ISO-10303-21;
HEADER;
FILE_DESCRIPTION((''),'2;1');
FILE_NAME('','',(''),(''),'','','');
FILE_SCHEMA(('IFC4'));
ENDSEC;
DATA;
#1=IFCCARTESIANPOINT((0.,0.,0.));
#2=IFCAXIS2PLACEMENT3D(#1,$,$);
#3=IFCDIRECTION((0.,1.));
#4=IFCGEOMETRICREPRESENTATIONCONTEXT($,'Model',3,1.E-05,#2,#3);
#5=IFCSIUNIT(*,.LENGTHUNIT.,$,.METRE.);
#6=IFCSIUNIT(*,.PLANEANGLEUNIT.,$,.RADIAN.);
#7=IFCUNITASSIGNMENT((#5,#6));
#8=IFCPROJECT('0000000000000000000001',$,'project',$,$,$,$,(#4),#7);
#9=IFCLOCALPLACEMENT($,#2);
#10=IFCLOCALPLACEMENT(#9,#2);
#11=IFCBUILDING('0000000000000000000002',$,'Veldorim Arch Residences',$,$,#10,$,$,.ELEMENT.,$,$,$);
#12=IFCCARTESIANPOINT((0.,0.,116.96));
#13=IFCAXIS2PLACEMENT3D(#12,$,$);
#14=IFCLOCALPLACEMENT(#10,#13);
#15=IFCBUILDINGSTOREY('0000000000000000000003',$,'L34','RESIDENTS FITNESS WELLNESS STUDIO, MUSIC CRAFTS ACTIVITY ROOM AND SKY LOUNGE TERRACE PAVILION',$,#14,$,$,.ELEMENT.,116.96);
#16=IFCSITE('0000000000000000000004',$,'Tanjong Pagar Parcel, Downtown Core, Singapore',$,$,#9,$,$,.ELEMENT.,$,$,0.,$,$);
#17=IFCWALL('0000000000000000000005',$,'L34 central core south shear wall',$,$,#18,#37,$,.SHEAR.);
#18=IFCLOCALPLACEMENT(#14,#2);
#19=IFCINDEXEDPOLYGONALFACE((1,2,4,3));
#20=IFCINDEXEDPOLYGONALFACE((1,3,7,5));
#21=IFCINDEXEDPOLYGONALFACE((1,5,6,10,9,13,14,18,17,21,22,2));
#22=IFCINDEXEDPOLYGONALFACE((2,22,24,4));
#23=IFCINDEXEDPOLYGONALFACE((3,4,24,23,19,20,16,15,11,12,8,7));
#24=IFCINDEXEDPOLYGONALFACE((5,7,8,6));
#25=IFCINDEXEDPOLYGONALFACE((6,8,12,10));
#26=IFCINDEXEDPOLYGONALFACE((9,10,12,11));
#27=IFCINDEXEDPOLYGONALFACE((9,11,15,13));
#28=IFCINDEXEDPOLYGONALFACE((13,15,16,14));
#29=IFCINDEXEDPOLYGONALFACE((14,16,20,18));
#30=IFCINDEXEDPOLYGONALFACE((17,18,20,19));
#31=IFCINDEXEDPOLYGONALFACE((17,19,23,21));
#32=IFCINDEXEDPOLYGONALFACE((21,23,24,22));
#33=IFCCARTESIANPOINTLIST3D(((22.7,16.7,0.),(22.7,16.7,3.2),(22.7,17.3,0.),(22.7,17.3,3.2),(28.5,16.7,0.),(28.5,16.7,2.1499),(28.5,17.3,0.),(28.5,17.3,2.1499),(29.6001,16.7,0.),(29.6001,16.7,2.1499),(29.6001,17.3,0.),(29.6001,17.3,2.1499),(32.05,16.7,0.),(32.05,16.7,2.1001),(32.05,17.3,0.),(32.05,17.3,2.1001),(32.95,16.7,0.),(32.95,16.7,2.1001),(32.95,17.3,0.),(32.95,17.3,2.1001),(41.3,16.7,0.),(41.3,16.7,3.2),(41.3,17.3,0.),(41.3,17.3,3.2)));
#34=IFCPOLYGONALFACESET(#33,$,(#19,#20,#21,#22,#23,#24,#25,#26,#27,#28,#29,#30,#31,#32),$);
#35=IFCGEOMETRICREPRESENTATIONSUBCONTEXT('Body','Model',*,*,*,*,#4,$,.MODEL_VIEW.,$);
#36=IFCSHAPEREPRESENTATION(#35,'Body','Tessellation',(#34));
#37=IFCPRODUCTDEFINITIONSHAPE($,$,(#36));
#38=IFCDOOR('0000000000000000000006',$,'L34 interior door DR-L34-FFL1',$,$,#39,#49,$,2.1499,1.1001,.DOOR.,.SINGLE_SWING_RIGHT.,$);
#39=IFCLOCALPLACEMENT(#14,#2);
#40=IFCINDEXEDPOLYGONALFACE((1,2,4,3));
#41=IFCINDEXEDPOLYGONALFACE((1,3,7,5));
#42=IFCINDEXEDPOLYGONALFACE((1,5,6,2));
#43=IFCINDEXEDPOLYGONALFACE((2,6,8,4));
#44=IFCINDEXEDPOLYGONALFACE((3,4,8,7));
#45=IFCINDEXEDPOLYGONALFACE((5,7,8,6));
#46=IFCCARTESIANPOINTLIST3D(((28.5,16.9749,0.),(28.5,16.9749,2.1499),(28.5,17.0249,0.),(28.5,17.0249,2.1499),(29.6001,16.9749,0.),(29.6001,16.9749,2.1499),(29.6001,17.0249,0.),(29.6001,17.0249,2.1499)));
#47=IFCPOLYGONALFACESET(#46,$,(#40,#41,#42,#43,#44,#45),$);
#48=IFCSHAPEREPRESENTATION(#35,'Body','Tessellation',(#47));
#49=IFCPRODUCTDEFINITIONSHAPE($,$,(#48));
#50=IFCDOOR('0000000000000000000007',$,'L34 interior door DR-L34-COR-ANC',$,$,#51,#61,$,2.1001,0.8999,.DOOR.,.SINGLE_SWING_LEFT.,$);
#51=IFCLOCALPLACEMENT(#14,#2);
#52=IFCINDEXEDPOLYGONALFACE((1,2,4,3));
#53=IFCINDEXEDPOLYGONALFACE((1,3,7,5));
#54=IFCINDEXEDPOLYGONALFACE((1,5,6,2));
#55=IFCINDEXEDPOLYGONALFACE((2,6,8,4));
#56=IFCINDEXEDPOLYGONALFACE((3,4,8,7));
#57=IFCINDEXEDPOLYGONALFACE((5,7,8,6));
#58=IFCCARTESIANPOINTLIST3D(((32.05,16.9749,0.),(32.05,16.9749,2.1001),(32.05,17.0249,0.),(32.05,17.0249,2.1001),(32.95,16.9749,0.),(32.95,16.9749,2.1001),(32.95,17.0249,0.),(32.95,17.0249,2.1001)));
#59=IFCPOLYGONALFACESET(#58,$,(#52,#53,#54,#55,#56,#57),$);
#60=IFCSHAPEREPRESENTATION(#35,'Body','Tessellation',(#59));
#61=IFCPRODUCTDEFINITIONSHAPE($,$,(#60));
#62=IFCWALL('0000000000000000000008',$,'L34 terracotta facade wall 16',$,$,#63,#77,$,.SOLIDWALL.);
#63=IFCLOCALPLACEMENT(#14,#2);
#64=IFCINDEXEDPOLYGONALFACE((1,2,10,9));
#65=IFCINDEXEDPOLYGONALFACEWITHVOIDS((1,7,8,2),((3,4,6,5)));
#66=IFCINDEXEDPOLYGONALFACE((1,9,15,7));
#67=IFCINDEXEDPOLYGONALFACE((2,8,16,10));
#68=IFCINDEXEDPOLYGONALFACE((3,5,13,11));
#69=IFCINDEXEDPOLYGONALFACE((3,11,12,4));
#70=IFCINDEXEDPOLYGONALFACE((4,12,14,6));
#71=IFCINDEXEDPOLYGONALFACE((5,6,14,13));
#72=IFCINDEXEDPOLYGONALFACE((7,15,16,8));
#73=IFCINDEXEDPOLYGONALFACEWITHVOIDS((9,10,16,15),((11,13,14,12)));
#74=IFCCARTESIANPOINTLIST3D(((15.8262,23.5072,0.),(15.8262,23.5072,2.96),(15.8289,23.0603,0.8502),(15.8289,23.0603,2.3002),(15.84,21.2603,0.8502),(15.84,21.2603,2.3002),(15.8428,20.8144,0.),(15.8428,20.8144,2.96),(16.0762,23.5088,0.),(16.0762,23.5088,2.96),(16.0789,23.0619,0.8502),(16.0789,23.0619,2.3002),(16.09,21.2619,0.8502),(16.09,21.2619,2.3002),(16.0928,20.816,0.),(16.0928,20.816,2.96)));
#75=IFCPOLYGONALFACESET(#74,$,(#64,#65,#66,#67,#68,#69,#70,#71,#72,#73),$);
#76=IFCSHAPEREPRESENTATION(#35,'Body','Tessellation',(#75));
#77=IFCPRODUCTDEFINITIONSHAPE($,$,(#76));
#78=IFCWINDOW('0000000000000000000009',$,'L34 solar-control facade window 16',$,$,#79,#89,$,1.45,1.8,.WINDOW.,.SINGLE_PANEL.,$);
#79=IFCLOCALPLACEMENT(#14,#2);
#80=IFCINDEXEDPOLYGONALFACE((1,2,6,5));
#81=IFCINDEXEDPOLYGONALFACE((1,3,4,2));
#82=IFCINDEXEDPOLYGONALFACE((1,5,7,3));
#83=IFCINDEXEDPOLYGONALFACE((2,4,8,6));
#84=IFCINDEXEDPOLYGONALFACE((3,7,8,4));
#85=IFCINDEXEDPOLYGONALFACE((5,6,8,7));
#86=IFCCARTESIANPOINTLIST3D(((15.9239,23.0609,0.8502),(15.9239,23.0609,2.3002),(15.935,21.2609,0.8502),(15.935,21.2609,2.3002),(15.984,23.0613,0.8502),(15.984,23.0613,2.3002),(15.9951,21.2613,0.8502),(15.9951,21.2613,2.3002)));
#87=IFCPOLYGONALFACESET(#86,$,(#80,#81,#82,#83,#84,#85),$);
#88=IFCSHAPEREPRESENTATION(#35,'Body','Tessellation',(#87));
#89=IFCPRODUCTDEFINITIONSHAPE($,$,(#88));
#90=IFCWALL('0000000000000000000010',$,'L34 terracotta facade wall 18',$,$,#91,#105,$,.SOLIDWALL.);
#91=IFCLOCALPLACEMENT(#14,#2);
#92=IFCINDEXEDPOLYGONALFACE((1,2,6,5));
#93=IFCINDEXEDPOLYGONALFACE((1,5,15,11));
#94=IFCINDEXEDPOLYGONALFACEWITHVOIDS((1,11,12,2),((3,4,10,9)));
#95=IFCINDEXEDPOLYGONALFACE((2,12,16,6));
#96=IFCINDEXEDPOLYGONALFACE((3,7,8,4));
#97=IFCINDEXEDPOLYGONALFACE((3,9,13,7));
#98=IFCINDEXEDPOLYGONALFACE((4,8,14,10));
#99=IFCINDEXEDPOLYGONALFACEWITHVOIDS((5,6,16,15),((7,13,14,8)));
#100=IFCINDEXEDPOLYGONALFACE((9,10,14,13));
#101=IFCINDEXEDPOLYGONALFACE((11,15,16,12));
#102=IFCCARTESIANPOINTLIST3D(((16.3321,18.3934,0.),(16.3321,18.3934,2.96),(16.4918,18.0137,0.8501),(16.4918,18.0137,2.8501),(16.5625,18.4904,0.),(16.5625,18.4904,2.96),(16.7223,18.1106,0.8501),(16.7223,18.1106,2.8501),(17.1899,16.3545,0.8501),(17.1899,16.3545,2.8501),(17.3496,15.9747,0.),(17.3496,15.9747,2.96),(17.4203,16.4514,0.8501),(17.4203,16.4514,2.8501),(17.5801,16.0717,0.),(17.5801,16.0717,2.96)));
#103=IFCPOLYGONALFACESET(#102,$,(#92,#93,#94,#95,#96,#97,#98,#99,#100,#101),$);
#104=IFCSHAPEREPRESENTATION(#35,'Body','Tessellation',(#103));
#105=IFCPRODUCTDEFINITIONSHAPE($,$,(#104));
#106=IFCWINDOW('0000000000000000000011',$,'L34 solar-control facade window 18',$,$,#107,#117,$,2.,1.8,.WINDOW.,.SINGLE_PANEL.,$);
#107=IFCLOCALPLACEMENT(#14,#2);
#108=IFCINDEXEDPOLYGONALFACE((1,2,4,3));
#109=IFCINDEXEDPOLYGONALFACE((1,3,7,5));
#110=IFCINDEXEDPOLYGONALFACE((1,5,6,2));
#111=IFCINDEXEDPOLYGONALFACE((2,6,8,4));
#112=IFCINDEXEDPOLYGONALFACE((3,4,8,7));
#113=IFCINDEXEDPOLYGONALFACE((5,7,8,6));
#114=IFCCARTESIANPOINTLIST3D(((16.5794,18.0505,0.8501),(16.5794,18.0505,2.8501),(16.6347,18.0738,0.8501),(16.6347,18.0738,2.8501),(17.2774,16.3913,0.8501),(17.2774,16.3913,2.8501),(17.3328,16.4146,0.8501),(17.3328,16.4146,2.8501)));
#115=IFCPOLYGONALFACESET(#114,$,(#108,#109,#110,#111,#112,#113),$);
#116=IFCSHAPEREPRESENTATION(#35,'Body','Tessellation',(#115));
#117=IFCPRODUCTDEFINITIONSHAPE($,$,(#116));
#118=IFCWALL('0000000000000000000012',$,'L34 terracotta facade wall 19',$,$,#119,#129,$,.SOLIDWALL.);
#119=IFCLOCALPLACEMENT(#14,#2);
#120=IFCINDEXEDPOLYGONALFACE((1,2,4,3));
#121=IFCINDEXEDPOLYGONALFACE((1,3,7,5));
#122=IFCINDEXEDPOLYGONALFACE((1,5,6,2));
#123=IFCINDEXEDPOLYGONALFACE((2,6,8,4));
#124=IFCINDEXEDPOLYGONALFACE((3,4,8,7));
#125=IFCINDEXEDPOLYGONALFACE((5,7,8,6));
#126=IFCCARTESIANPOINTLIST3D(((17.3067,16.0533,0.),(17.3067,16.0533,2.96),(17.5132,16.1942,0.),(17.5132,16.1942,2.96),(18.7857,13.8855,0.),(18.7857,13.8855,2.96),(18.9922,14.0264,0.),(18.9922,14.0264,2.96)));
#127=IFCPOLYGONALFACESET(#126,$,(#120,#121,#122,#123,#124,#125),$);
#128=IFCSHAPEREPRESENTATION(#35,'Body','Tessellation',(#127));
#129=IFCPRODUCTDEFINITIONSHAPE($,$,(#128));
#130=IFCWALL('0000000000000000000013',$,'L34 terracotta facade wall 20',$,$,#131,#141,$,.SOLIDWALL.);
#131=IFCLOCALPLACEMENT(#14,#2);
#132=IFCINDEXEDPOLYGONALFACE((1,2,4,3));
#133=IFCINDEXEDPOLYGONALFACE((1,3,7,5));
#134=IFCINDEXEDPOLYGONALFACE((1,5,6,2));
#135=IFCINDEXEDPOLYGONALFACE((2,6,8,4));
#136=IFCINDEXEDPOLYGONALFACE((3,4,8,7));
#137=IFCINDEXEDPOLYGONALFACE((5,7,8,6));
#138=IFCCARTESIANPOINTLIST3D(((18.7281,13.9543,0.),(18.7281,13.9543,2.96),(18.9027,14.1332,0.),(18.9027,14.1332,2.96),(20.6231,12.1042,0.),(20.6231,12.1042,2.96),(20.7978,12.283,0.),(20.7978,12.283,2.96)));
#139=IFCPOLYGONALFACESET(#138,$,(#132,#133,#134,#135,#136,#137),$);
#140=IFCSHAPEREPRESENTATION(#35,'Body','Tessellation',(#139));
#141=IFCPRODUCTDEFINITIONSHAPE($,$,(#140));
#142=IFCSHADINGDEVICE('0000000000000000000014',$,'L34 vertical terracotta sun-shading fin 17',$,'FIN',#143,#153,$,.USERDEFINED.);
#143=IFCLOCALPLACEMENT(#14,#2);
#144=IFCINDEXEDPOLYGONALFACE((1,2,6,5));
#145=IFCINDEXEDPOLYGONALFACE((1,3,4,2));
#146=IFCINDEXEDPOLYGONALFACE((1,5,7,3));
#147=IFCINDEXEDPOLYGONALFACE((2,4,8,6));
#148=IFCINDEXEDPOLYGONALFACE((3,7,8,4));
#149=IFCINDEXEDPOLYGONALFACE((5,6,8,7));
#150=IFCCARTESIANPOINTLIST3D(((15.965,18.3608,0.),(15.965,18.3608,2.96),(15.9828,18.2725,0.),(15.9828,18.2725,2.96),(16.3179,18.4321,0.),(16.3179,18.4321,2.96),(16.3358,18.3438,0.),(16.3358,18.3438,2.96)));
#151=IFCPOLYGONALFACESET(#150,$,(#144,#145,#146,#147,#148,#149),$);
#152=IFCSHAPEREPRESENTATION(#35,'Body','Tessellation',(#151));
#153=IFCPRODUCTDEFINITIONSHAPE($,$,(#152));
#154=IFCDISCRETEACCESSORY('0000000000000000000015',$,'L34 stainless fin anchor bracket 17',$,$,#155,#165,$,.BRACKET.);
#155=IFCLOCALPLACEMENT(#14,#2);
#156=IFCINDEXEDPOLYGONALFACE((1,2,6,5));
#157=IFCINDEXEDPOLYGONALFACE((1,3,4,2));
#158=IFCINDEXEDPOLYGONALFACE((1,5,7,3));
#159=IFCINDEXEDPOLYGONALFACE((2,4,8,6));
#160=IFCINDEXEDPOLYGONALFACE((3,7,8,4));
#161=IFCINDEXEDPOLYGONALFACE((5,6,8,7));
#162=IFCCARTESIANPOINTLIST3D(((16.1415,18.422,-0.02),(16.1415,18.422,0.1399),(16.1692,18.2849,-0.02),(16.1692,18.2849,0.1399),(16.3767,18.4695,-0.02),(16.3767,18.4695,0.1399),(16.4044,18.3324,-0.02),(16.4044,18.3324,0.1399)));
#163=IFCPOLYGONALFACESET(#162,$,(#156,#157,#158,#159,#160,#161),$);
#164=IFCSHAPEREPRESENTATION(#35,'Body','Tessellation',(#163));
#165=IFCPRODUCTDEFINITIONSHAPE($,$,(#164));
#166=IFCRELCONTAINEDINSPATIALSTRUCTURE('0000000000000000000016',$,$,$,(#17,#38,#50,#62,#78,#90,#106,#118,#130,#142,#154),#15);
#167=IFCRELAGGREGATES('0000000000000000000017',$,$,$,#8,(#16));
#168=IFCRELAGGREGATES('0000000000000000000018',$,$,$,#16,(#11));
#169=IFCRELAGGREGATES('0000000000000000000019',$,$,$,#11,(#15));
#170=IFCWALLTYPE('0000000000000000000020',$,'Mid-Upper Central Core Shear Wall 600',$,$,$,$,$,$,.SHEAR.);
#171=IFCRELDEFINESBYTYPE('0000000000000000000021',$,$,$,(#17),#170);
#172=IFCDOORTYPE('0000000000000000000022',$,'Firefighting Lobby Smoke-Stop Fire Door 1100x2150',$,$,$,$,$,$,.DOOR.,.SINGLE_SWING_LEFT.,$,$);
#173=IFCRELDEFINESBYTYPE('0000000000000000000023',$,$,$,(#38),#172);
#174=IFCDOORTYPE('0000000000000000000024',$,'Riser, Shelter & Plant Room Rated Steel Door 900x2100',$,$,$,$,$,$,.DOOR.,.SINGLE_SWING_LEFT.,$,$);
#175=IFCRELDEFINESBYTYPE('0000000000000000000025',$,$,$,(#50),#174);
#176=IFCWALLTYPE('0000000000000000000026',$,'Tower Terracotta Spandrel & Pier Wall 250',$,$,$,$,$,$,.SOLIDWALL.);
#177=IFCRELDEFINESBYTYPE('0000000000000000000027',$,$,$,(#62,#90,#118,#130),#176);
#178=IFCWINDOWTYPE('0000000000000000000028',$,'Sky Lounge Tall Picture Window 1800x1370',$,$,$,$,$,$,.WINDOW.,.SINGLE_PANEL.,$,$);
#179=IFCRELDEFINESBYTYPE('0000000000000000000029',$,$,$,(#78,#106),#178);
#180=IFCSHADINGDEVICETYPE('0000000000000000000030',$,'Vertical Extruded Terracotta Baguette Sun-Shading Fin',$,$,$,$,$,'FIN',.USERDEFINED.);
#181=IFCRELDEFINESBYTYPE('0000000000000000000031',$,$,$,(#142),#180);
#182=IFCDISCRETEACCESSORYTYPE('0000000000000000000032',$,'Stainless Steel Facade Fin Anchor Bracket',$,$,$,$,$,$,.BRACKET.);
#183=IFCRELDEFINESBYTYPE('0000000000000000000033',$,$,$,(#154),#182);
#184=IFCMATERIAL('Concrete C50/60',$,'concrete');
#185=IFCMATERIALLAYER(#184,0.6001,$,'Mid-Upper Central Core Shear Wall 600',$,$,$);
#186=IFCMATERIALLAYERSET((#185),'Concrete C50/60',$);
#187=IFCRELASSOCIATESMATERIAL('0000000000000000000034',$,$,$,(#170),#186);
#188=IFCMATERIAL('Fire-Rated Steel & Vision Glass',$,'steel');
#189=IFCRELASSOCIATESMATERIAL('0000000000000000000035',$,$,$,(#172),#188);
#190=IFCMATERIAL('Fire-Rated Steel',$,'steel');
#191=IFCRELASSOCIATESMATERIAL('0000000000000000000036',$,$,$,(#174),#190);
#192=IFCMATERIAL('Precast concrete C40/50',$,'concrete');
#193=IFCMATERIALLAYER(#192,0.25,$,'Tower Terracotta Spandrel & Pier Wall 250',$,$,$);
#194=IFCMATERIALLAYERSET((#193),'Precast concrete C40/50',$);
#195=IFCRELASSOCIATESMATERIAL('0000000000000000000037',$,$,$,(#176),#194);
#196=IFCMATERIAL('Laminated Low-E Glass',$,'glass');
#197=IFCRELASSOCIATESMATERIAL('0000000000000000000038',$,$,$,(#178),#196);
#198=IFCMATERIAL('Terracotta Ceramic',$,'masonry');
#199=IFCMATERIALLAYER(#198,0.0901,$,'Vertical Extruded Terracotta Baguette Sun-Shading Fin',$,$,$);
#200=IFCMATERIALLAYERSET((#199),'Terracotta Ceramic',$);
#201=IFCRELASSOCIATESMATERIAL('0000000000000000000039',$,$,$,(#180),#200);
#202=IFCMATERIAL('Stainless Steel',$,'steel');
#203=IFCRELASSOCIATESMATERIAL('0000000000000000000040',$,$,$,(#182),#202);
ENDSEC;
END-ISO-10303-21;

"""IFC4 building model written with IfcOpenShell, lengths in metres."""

from ifc_helpers import new_model, si_unit, direction, frame, frame_2d, origin, origin_2d, place, context, subcontext, project, spatial, rectangle, extrude, material, layer, layer_set, type_object, element, fill, save


model = new_model("IFC4")

# Units and contexts
model_context = context("Model", 3, precision=1e-05, world=origin(), true_north=direction((0.0, 1.0)))
body_context = subcontext(model_context, "Body", "Model", "MODEL_VIEW")
ifc_project = project(units=[si_unit("LENGTHUNIT", "METRE"), si_unit("PLANEANGLEUNIT", "RADIAN")], contexts=[model_context])

# Site, building, storey
site_placement = place(None, origin())
site = spatial("IfcSite", under=ifc_project, at=site_placement, Name="Tanjong Pagar Parcel, Downtown Core, Singapore", CompositionType="ELEMENT", RefElevation=0.0)
building_placement = place(site_placement, origin())
building = spatial("IfcBuilding", under=site, at=building_placement, Name="Veldorim Arch Residences", CompositionType="ELEMENT")
storey_placement = place(building_placement, frame((0.0, 0.0, 116.96)))
storey = spatial("IfcBuildingStorey", under=building, at=storey_placement, Name="L34", Description="RESIDENTS FITNESS WELLNESS STUDIO, MUSIC CRAFTS ACTIVITY ROOM AND SKY LOUNGE TERRACE PAVILION", CompositionType="ELEMENT", Elevation=116.96)

# Wall, openings, doors
ifc_material_1 = material(Name="Concrete C50/60", Category="concrete")
ifc_layer_1 = layer(ifc_material_1, 0.6001, Name="Mid-Upper Central Core Shear Wall 600")
ifc_layer_set_1 = layer_set([ifc_layer_1], Name="Concrete C50/60")
wall_type_1 = type_object("IfcWallType", Name="Mid-Upper Central Core Shear Wall 600", PredefinedType="SHEAR", material=ifc_layer_set_1)
wall_1_placement = place(storey_placement, frame((22.7, 17.0, 0.0), z_axis=(0.0, 0.0, 1.0), x_axis=(1.0, 0.0, 0.0)))
wall_1 = element("IfcWall", 1, at=wall_1_placement, inside=storey, type_object=wall_type_1, Name="L34 central core south shear wall", PredefinedType="SHEAR", context=body_context, shape_type="SweptSolid", body=[
    extrude(rectangle(XDim=18.6001, YDim=0.6001, at=frame_2d((9.3, 0.0))), origin(), (0.0, 0.0, 1.0), 3.2),
])
opening_1_placement = place(wall_1_placement, frame((5.8, 0.0, 0.0)))
opening_1 = element("IfcOpeningElement", 2, at=opening_1_placement, cuts=wall_1, PredefinedType="OPENING", context=body_context, shape_type="SweptSolid", body=[
    extrude(rectangle(XDim=1.1001, YDim=2.1499, at=frame_2d((0.55, 1.075))), frame((0.0, 0.3101, 0.0), z_axis=(0.0, -1.0, 0.0), x_axis=(1.0, 0.0, 0.0)), (0.0, 0.0, 1.0), 0.6201),
])
opening_2_placement = place(wall_1_placement, frame((9.3501, 0.0, 0.0)))
opening_2 = element("IfcOpeningElement", 3, at=opening_2_placement, cuts=wall_1, PredefinedType="OPENING", context=body_context, shape_type="SweptSolid", body=[
    extrude(rectangle(XDim=0.8999, YDim=2.1001, at=frame_2d((0.45, 1.05))), frame((0.0, 0.3101, 0.0), z_axis=(0.0, -1.0, 0.0), x_axis=(1.0, 0.0, 0.0)), (0.0, 0.0, 1.0), 0.6201),
])
ifc_material_2 = material(Name="Fire-Rated Steel & Vision Glass", Category="steel")
door_type_1 = type_object("IfcDoorType", Name="Firefighting Lobby Smoke-Stop Fire Door 1100x2150", OperationType="SINGLE_SWING_LEFT", PredefinedType="DOOR", material=ifc_material_2)
door_1_placement = place(opening_1_placement, origin())
door_1 = element("IfcDoor", 4, at=door_1_placement, inside=storey, type_object=door_type_1, Name="L34 interior door DR-L34-FFL1", OperationType="SINGLE_SWING_RIGHT", OverallHeight=2.1499, OverallWidth=1.1001, PredefinedType="DOOR", context=body_context, shape_type="SweptSolid", body=[
    extrude(rectangle(XDim=1.1001, YDim=2.1499, at=frame_2d((0.55, 1.075))), frame((0.0, 0.0249, 0.0), z_axis=(0.0, -1.0, 0.0), x_axis=(1.0, 0.0, 0.0)), (0.0, 0.0, 1.0), 0.05),
])
fill(opening_1, door_1)
ifc_material_3 = material(Name="Fire-Rated Steel", Category="steel")
door_type_2 = type_object("IfcDoorType", Name="Riser, Shelter & Plant Room Rated Steel Door 900x2100", OperationType="SINGLE_SWING_LEFT", PredefinedType="DOOR", material=ifc_material_3)
door_2_placement = place(opening_2_placement, origin())
door_2 = element("IfcDoor", 5, at=door_2_placement, inside=storey, type_object=door_type_2, Name="L34 interior door DR-L34-COR-ANC", OperationType="SINGLE_SWING_LEFT", OverallHeight=2.1001, OverallWidth=0.8999, PredefinedType="DOOR", context=body_context, shape_type="SweptSolid", body=[
    extrude(rectangle(XDim=0.8999, YDim=2.1001, at=frame_2d((0.45, 1.05))), frame((0.0, 0.0249, 0.0), z_axis=(0.0, -1.0, 0.0), x_axis=(1.0, 0.0, 0.0)), (0.0, 0.0, 1.0), 0.05),
])
fill(opening_2, door_2)

# Walls, openings, windows
ifc_material_4 = material(Name="Precast concrete C40/50", Category="concrete")
ifc_layer_2 = layer(ifc_material_4, 0.25, Name="Tower Terracotta Spandrel & Pier Wall 250")
ifc_layer_set_2 = layer_set([ifc_layer_2], Name="Precast concrete C40/50")
wall_type_2 = type_object("IfcWallType", Name="Tower Terracotta Spandrel & Pier Wall 250", PredefinedType="SOLIDWALL", material=ifc_layer_set_2)
wall_2_placement = place(storey_placement, frame((15.9678, 20.8152, 0.0), z_axis=(0.0, 0.0, 1.0), x_axis=(-0.006165, 0.999981, 0.0)))
wall_2 = element("IfcWall", 6, at=wall_2_placement, inside=storey, type_object=wall_type_2, Name="L34 terracotta facade wall 16", PredefinedType="SOLIDWALL", context=body_context, shape_type="SweptSolid", body=[
    extrude(rectangle(XDim=2.6929, YDim=0.25, at=frame_2d((1.3464, 0.0))), origin(), (0.0, 0.0, 1.0), 2.96),
])
opening_3_placement = place(wall_2_placement, frame((0.446, 0.0, 0.8501)))
opening_3 = element("IfcOpeningElement", 7, at=opening_3_placement, cuts=wall_2, PredefinedType="OPENING", context=body_context, shape_type="SweptSolid", body=[
    extrude(rectangle(XDim=1.8, YDim=1.45, at=frame_2d((0.8999, 0.7251))), frame((0.0, 0.135, 0.0), z_axis=(0.0, -1.0, 0.0), x_axis=(1.0, 0.0, 0.0)), (0.0, 0.0, 1.0), 0.27),
])
ifc_material_5 = material(Name="Laminated Low-E Glass", Category="glass")
window_type = type_object("IfcWindowType", Name="Sky Lounge Tall Picture Window 1800x1370", PartitioningType="SINGLE_PANEL", PredefinedType="WINDOW", material=ifc_material_5)
window_1_placement = place(opening_3_placement, origin())
window_1 = element("IfcWindow", 8, at=window_1_placement, inside=storey, type_object=window_type, Name="L34 solar-control facade window 16", OverallHeight=1.45, OverallWidth=1.8, PartitioningType="SINGLE_PANEL", PredefinedType="WINDOW", context=body_context, shape_type="SweptSolid", body=[
    extrude(rectangle(XDim=1.8, YDim=1.45, at=frame_2d((0.8999, 0.7251))), frame((0.0, 0.03, 0.0), z_axis=(0.0, -1.0, 0.0), x_axis=(1.0, 0.0, 0.0)), (0.0, 0.0, 1.0), 0.0601),
])
fill(opening_3, window_1)
wall_3_placement = place(storey_placement, frame((17.4648, 16.0232, 0.0), z_axis=(0.0, 0.0, 1.0), x_axis=(-0.387791, 0.921747, 0.0)))
wall_3 = element("IfcWall", 9, at=wall_3_placement, inside=storey, type_object=wall_type_2, Name="L34 terracotta facade wall 18", PredefinedType="SOLIDWALL", context=body_context, shape_type="SweptSolid", body=[
    extrude(rectangle(XDim=2.624, YDim=0.25, at=frame_2d((1.312, 0.0))), origin(), (0.0, 0.0, 1.0), 2.96),
])
opening_4_placement = place(wall_3_placement, frame((0.4121, 0.0, 0.8501)))
opening_4 = element("IfcOpeningElement", 10, at=opening_4_placement, cuts=wall_3, PredefinedType="OPENING", context=body_context, shape_type="SweptSolid", body=[
    extrude(rectangle(XDim=1.8, YDim=2.0, at=frame_2d((0.8999, 1.0))), frame((0.0, 0.135, 0.0), z_axis=(0.0, -1.0, 0.0), x_axis=(1.0, 0.0, 0.0)), (0.0, 0.0, 1.0), 0.27),
])
window_2_placement = place(opening_4_placement, origin())
window_2 = element("IfcWindow", 11, at=window_2_placement, inside=storey, type_object=window_type, Name="L34 solar-control facade window 18", OverallHeight=2.0, OverallWidth=1.8, PartitioningType="SINGLE_PANEL", PredefinedType="WINDOW", context=body_context, shape_type="SweptSolid", body=[
    extrude(rectangle(XDim=1.8, YDim=2.0, at=frame_2d((0.8999, 1.0))), frame((0.0, 0.03, 0.0), z_axis=(0.0, -1.0, 0.0), x_axis=(1.0, 0.0, 0.0)), (0.0, 0.0, 1.0), 0.0601),
])
fill(opening_4, window_2)

# Walls
wall_4_placement = place(storey_placement, frame((18.8889, 13.9561, 0.0), z_axis=(0.0, 0.0, 1.0), x_axis=(-0.563599, 0.826048, 0.0)))
element("IfcWall", 12, at=wall_4_placement, inside=storey, type_object=wall_type_2, Name="L34 terracotta facade wall 19", PredefinedType="SOLIDWALL", context=body_context, shape_type="SweptSolid", body=[
    extrude(rectangle(XDim=2.6243, YDim=0.25, at=frame_2d((1.312, 0.0))), origin(), (0.0, 0.0, 1.0), 2.96),
])
wall_5_placement = place(storey_placement, frame((20.7104, 12.1936, 0.0), z_axis=(0.0, 0.0, 1.0), x_axis=(-0.715537, 0.698575, 0.0)))
element("IfcWall", 13, at=wall_5_placement, inside=storey, type_object=wall_type_2, Name="L34 terracotta facade wall 20", PredefinedType="SOLIDWALL", context=body_context, shape_type="SweptSolid", body=[
    extrude(rectangle(XDim=2.6484, YDim=0.25, at=frame_2d((1.3242, 0.0))), origin(), (0.0, 0.0, 1.0), 2.96),
])

# Shading device
ifc_material_6 = material(Name="Terracotta Ceramic", Category="masonry")
ifc_layer_3 = layer(ifc_material_6, 0.0901, Name="Vertical Extruded Terracotta Baguette Sun-Shading Fin")
ifc_layer_set_3 = layer_set([ifc_layer_3], Name="Terracotta Ceramic")
shading_device_type = type_object("IfcShadingDeviceType", Name="Vertical Extruded Terracotta Baguette Sun-Shading Fin", ElementType="FIN", PredefinedType="USERDEFINED", material=ifc_layer_set_3)
shading_device_placement = place(storey_placement, frame((16.1504, 18.3523, 0.0), z_axis=(0.0, 0.0, 1.0), x_axis=(-0.198171, 0.980168, 0.0)))
element("IfcShadingDevice", 14, at=shading_device_placement, inside=storey, type_object=shading_device_type, Name="L34 vertical terracotta sun-shading fin 17", ObjectType="FIN", PredefinedType="USERDEFINED", context=body_context, shape_type="SweptSolid", body=[
    extrude(rectangle(XDim=0.0901, YDim=0.3601, at=origin_2d()), origin(), (0.0, 0.0, 1.0), 2.96),
])

# Discrete accessory
ifc_material_7 = material(Name="Stainless Steel", Category="steel")
discrete_accessory_type = type_object("IfcDiscreteAccessoryType", Name="Stainless Steel Facade Fin Anchor Bracket", PredefinedType="BRACKET", material=ifc_material_7)
discrete_accessory_placement = place(storey_placement, frame((16.2729, 18.3772, -0.02), z_axis=(0.0, 0.0, 1.0), x_axis=(-0.198171, 0.980168, 0.0)))
element("IfcDiscreteAccessory", 15, at=discrete_accessory_placement, inside=storey, type_object=discrete_accessory_type, Name="L34 stainless fin anchor bracket 17", PredefinedType="BRACKET", context=body_context, shape_type="SweptSolid", body=[
    extrude(rectangle(XDim=0.1399, YDim=0.24, at=origin_2d()), origin(), (0.0, 0.0, 1.0), 0.1599),
])

save(model, "model.ifc")
